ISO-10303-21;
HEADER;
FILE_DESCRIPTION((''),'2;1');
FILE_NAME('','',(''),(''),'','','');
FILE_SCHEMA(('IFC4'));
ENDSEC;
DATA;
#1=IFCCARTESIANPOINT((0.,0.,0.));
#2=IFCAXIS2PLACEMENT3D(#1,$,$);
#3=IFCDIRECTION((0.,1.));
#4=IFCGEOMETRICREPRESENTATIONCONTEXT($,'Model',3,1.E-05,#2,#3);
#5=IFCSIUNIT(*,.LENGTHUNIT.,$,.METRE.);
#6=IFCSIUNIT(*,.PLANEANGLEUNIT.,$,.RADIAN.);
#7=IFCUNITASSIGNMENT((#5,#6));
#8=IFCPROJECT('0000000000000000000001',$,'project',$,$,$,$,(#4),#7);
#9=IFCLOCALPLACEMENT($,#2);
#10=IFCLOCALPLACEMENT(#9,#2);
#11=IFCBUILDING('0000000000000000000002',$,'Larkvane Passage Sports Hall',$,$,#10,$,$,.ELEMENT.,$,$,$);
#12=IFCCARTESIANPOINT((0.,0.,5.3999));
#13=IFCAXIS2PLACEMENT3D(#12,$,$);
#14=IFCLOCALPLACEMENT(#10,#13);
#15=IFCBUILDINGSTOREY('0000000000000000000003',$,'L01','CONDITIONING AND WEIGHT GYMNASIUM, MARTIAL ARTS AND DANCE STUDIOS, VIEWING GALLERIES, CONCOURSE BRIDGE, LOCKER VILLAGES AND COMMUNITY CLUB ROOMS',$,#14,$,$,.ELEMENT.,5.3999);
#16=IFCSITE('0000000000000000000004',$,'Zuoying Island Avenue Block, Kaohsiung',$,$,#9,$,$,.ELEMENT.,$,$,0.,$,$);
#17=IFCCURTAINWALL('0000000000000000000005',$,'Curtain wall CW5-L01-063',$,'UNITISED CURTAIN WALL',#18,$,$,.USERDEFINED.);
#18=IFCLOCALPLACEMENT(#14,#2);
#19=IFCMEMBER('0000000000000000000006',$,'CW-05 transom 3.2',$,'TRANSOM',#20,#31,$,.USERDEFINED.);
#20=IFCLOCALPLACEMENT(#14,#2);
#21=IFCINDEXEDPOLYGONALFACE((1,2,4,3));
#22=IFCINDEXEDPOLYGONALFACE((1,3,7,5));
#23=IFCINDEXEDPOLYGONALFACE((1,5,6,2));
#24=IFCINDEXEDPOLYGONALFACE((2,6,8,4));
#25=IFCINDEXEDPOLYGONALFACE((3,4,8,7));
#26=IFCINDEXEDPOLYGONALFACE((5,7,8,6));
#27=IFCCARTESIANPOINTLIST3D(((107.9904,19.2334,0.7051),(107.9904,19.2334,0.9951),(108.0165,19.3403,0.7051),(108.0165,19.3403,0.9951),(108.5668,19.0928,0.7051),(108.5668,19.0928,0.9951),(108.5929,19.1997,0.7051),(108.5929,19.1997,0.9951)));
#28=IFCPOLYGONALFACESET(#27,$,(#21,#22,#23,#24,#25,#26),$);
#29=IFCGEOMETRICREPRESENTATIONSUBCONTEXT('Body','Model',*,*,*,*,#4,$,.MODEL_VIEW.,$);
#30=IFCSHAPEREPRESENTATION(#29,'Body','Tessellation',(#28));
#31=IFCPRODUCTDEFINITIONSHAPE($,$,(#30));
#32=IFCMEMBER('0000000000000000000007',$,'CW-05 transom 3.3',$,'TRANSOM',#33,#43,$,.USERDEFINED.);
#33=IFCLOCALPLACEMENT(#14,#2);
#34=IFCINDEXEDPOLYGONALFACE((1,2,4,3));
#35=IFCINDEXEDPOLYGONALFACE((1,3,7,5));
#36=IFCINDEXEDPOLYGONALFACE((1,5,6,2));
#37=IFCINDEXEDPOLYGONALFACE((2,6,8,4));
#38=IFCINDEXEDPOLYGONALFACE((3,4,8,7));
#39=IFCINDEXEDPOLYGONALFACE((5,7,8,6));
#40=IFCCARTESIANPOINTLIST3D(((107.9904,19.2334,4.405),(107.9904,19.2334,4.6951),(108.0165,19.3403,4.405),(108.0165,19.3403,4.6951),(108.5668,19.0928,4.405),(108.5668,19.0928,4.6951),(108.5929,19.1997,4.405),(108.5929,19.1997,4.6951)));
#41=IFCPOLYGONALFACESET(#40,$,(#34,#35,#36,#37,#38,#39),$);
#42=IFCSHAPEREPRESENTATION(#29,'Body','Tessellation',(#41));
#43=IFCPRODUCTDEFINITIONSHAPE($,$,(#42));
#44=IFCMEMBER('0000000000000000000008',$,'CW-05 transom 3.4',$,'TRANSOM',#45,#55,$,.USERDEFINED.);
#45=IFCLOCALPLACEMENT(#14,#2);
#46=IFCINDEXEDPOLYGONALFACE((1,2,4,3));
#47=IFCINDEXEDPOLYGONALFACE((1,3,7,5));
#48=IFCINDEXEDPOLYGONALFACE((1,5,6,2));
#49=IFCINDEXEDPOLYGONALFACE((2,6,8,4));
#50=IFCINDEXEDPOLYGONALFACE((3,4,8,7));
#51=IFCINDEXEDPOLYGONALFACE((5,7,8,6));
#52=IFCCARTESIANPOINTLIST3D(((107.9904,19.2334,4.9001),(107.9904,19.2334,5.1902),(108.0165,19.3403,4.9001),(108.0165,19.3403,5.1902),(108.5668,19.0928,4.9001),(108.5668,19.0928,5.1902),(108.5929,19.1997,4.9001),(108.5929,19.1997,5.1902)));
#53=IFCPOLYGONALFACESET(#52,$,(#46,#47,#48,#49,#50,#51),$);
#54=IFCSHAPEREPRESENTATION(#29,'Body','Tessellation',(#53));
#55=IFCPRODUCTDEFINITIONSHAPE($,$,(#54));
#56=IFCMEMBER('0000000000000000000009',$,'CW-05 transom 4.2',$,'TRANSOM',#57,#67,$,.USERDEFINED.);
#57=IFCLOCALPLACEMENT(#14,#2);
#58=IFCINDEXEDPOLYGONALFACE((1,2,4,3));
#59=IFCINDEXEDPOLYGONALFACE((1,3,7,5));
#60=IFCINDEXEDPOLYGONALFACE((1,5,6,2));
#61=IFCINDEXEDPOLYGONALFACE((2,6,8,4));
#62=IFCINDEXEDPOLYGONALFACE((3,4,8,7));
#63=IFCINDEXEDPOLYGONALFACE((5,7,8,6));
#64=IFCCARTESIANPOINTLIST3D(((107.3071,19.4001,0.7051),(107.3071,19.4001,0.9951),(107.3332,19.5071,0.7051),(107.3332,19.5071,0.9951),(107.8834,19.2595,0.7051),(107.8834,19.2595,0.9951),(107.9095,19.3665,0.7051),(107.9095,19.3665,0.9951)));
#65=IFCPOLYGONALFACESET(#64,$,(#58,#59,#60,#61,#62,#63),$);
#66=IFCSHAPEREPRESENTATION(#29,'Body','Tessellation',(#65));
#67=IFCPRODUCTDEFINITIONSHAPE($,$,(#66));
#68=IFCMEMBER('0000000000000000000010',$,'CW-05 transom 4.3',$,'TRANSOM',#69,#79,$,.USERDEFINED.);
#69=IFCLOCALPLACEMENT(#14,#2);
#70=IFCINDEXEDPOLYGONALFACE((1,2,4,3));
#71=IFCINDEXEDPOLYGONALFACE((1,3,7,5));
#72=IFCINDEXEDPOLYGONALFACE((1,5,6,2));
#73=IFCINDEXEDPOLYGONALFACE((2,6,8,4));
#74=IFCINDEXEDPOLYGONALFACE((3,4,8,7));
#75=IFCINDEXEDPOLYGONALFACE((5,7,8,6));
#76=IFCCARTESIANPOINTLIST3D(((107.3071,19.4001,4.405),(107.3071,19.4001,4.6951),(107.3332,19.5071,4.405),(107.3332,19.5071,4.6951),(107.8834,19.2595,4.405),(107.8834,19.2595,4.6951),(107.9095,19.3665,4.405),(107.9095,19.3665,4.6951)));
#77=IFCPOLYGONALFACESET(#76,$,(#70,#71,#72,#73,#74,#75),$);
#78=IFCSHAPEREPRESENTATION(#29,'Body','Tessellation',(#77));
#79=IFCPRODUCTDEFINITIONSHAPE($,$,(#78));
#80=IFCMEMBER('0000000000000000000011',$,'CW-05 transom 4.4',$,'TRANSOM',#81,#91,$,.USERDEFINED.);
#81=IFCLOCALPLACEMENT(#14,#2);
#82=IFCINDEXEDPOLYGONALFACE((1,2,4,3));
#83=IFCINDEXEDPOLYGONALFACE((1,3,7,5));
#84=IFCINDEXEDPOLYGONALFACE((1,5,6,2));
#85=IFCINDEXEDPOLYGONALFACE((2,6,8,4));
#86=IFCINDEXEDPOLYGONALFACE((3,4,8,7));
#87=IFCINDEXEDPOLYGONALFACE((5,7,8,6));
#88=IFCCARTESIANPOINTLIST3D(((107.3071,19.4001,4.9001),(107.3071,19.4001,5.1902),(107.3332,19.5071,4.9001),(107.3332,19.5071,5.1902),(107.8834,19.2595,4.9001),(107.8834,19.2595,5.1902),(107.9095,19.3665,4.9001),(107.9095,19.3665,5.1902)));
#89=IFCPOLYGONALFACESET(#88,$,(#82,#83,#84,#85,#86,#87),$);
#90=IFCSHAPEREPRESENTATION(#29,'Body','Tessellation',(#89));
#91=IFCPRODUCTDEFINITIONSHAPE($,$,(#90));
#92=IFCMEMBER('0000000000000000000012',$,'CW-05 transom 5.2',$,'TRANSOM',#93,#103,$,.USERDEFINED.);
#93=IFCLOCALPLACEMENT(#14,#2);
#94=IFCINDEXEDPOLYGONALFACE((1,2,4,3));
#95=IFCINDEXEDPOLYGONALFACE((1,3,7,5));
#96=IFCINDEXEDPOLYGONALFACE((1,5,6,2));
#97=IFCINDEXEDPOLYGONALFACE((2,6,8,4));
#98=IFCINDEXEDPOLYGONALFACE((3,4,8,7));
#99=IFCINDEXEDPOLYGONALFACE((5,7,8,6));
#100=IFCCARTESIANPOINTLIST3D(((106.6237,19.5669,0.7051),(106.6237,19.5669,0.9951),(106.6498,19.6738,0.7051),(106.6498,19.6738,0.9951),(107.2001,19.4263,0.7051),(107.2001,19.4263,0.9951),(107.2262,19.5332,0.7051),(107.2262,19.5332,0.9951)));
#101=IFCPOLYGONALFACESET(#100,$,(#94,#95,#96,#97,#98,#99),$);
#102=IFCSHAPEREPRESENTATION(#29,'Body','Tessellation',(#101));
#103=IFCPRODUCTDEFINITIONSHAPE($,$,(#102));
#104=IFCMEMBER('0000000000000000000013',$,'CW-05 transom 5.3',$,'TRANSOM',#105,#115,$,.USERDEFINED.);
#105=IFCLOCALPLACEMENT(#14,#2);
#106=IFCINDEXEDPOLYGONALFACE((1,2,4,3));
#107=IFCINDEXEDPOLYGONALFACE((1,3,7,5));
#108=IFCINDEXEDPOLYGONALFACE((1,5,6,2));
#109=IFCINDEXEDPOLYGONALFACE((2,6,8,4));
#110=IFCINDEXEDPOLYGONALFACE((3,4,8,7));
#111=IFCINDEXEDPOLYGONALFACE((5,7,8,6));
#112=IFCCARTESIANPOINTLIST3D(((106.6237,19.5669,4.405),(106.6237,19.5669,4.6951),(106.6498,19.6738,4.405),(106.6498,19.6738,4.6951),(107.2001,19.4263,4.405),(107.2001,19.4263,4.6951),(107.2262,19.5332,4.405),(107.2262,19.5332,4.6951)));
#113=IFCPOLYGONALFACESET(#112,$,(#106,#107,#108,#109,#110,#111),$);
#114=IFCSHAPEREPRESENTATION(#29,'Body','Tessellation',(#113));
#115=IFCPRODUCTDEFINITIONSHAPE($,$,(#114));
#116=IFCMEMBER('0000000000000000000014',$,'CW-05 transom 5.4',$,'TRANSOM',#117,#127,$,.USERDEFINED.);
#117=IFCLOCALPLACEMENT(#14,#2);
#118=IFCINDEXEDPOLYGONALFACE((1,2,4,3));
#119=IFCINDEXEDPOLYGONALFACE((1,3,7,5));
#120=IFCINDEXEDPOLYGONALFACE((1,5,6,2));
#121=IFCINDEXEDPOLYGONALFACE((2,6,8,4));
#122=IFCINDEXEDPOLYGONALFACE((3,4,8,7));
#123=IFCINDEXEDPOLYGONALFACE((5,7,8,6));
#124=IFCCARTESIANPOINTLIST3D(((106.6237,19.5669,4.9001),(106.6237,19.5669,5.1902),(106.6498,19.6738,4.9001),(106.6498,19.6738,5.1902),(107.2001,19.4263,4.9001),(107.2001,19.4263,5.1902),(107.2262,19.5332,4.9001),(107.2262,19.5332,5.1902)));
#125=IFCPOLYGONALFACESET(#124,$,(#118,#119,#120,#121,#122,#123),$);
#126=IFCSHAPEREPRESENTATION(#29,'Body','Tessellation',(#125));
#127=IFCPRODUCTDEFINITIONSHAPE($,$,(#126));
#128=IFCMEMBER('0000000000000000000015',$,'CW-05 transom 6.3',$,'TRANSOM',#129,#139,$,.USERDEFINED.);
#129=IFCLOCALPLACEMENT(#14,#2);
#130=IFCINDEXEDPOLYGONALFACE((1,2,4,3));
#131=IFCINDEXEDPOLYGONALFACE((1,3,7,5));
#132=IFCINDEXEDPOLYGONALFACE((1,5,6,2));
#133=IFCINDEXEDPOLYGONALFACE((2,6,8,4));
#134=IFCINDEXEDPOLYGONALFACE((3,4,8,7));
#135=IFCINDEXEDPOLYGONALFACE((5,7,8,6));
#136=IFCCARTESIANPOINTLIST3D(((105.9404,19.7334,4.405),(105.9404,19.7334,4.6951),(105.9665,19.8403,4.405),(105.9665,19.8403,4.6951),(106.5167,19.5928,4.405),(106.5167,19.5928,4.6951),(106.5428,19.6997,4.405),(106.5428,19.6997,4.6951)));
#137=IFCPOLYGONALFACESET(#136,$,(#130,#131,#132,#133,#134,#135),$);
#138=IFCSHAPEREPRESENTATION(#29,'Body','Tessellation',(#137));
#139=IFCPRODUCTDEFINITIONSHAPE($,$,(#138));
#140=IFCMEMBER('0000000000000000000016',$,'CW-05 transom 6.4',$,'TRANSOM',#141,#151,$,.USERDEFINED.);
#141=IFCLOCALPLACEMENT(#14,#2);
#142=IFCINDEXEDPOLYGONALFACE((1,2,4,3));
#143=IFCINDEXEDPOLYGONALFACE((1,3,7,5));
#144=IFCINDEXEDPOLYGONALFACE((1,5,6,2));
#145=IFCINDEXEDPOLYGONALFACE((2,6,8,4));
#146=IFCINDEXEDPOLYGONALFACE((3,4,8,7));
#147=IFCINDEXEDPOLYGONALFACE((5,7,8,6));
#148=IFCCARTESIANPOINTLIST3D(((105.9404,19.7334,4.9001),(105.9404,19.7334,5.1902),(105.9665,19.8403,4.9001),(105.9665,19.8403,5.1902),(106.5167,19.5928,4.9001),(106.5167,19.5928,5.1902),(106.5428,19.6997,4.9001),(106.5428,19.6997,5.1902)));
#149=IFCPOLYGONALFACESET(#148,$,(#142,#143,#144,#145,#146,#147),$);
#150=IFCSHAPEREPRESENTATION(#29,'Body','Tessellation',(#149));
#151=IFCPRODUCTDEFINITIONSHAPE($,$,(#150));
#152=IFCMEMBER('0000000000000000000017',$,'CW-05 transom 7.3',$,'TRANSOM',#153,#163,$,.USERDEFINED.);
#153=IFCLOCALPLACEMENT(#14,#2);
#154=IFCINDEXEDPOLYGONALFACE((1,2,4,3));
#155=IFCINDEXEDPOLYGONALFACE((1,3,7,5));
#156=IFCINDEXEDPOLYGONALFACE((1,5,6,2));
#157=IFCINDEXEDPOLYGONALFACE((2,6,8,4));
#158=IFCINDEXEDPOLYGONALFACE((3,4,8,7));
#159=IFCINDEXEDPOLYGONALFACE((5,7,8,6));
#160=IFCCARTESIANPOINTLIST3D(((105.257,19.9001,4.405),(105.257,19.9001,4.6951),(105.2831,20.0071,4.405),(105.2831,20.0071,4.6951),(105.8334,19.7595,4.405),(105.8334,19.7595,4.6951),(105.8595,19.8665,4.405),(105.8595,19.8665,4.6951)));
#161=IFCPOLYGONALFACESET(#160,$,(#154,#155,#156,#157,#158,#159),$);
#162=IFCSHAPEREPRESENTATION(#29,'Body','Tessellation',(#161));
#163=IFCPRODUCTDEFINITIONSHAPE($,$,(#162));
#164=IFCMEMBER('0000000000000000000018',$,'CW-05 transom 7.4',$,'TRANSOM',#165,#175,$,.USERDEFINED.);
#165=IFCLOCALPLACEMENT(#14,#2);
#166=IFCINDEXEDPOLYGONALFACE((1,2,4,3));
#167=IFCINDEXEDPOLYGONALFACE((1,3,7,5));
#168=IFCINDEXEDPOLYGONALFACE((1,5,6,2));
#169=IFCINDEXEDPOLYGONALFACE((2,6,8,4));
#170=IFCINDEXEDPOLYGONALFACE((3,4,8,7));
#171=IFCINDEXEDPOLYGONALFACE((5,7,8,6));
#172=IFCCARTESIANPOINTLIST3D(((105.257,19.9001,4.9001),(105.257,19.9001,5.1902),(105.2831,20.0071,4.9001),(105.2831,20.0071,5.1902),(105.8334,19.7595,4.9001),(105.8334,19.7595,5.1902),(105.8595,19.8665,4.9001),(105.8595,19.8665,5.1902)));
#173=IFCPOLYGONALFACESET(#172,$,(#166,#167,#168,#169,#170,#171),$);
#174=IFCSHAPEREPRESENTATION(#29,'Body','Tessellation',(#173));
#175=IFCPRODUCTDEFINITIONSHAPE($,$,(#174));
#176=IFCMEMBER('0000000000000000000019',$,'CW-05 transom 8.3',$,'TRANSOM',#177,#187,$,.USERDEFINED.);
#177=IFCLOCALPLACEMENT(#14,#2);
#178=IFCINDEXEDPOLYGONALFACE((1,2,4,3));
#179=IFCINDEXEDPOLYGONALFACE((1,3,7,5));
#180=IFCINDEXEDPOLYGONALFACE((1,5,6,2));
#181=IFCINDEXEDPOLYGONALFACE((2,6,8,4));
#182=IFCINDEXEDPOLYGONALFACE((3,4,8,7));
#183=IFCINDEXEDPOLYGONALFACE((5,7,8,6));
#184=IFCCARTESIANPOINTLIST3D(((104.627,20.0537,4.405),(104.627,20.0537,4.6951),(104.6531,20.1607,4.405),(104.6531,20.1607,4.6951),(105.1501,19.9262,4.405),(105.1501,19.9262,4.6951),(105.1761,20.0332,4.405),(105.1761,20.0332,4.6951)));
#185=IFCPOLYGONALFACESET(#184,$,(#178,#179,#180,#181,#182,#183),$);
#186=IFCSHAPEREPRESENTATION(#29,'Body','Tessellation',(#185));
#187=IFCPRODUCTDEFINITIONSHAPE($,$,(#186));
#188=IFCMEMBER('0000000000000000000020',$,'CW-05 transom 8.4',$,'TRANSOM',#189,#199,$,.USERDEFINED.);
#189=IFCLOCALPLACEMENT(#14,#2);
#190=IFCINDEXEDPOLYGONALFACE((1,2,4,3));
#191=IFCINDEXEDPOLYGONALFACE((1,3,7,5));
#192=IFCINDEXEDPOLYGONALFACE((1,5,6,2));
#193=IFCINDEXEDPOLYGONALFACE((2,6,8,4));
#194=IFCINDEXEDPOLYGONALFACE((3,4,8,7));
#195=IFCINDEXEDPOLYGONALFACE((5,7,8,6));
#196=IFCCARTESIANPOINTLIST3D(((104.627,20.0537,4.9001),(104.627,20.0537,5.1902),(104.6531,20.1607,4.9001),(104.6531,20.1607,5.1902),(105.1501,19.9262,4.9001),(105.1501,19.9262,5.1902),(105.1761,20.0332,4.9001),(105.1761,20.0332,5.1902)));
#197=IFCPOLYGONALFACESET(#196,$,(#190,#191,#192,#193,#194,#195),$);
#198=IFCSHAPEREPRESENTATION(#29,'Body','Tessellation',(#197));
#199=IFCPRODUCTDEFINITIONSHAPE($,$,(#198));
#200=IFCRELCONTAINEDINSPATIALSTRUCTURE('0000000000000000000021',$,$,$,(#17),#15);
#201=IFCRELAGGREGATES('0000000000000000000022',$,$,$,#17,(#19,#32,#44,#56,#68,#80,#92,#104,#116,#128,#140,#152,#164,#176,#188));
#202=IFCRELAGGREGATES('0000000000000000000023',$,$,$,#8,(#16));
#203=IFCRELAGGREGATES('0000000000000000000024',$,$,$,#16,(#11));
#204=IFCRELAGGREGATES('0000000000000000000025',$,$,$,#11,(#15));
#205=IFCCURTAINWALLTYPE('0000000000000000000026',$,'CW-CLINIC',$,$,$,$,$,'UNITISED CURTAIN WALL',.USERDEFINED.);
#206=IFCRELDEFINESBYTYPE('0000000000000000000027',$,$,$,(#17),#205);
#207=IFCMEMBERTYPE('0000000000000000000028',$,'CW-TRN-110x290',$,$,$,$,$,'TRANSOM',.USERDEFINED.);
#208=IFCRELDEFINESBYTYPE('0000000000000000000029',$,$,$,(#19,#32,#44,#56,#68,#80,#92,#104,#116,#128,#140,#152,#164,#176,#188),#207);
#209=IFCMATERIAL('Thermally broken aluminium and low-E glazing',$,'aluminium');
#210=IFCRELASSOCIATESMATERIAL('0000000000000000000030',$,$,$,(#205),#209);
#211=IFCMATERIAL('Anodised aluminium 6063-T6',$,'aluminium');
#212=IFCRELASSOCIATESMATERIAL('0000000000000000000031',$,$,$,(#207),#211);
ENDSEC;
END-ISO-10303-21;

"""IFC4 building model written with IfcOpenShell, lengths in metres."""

from ifc_helpers import new_model, si_unit, direction, frame, origin, origin_2d, place, context, subcontext, project, spatial, rectangle, extrude, material, material_profile, profile_set, type_object, element, aggregate, save


model = new_model("IFC4")

# Units and contexts
model_context = context("Model", 3, precision=1e-05, world=origin(), true_north=direction((0.0, 1.0)))
body_context = subcontext(model_context, "Body", "Model", "MODEL_VIEW")
ifc_project = project(units=[si_unit("LENGTHUNIT", "METRE"), si_unit("PLANEANGLEUNIT", "RADIAN")], contexts=[model_context])

# Site, building, storey
site_placement = place(None, origin())
site = spatial("IfcSite", under=ifc_project, at=site_placement, Name="Zuoying Island Avenue Block, Kaohsiung", CompositionType="ELEMENT", RefElevation=0.0)
building_placement = place(site_placement, origin())
building = spatial("IfcBuilding", under=site, at=building_placement, Name="Larkvane Passage Sports Hall", CompositionType="ELEMENT")
storey_placement = place(building_placement, frame((0.0, 0.0, 5.3999)))
storey = spatial("IfcBuildingStorey", under=building, at=storey_placement, Name="L01", Description="CONDITIONING AND WEIGHT GYMNASIUM, MARTIAL ARTS AND DANCE STUDIOS, VIEWING GALLERIES, CONCOURSE BRIDGE, LOCKER VILLAGES AND COMMUNITY CLUB ROOMS", CompositionType="ELEMENT", Elevation=5.3999)

# Curtain wall, members
ifc_material_1 = material(Name="Thermally broken aluminium and low-E glazing", Category="aluminium")
curtain_wall_type = type_object("IfcCurtainWallType", Name="CW-CLINIC", ElementType="UNITISED CURTAIN WALL", PredefinedType="USERDEFINED", material=ifc_material_1)
curtain_wall_placement = place(storey_placement, origin())
curtain_wall = element("IfcCurtainWall", 1, at=curtain_wall_placement, inside=storey, type_object=curtain_wall_type, Name="Curtain wall CW5-L01-063", ObjectType="UNITISED CURTAIN WALL", PredefinedType="USERDEFINED")
ifc_material_2 = material(Name="Anodised aluminium 6063-T6", Category="aluminium")
ifc_material_profile = material_profile(ifc_material_2, rectangle(XDim=0.1101, YDim=0.29, at=origin_2d()), Name="ALU-TRN-110x290")
ifc_profile_set = profile_set([ifc_material_profile], Name="Anodised aluminium 6063-T6")
member_type = type_object("IfcMemberType", Name="CW-TRN-110x290", ElementType="TRANSOM", PredefinedType="USERDEFINED", material=ifc_profile_set)
member_1_placement = place(storey_placement, frame((108.5798, 19.1462, 0.8501), z_axis=(-0.971506, 0.237013, 0.0), x_axis=(-0.237013, -0.971506, 0.0)))
member_1 = element("IfcMember", 2, at=member_1_placement, type_object=member_type, Name="CW-05 transom 3.2", ObjectType="TRANSOM", PredefinedType="USERDEFINED", context=body_context, shape_type="SweptSolid", body=[
    extrude(rectangle(XDim=0.1101, YDim=0.29, at=origin_2d()), origin(), (0.0, 0.0, 1.0), 0.5933),
])
member_2_placement = place(storey_placement, frame((108.5798, 19.1462, 4.55), z_axis=(-0.971506, 0.237013, 0.0), x_axis=(-0.237013, -0.971506, 0.0)))
member_2 = element("IfcMember", 3, at=member_2_placement, type_object=member_type, Name="CW-05 transom 3.3", ObjectType="TRANSOM", PredefinedType="USERDEFINED", context=body_context, shape_type="SweptSolid", body=[
    extrude(rectangle(XDim=0.1101, YDim=0.29, at=origin_2d()), origin(), (0.0, 0.0, 1.0), 0.5933),
])
member_3_placement = place(storey_placement, frame((108.5798, 19.1462, 5.0452), z_axis=(-0.971506, 0.237013, 0.0), x_axis=(-0.237013, -0.971506, 0.0)))
member_3 = element("IfcMember", 4, at=member_3_placement, type_object=member_type, Name="CW-05 transom 3.4", ObjectType="TRANSOM", PredefinedType="USERDEFINED", context=body_context, shape_type="SweptSolid", body=[
    extrude(rectangle(XDim=0.1101, YDim=0.29, at=origin_2d()), origin(), (0.0, 0.0, 1.0), 0.5933),
])
member_4_placement = place(storey_placement, frame((107.8965, 19.313, 0.8501), z_axis=(-0.971506, 0.237013, 0.0), x_axis=(-0.237013, -0.971506, 0.0)))
member_4 = element("IfcMember", 5, at=member_4_placement, type_object=member_type, Name="CW-05 transom 4.2", ObjectType="TRANSOM", PredefinedType="USERDEFINED", context=body_context, shape_type="SweptSolid", body=[
    extrude(rectangle(XDim=0.1101, YDim=0.29, at=origin_2d()), origin(), (0.0, 0.0, 1.0), 0.5933),
])
member_5_placement = place(storey_placement, frame((107.8965, 19.313, 4.55), z_axis=(-0.971506, 0.237013, 0.0), x_axis=(-0.237013, -0.971506, 0.0)))
member_5 = element("IfcMember", 6, at=member_5_placement, type_object=member_type, Name="CW-05 transom 4.3", ObjectType="TRANSOM", PredefinedType="USERDEFINED", context=body_context, shape_type="SweptSolid", body=[
    extrude(rectangle(XDim=0.1101, YDim=0.29, at=origin_2d()), origin(), (0.0, 0.0, 1.0), 0.5933),
])
member_6_placement = place(storey_placement, frame((107.8965, 19.313, 5.0452), z_axis=(-0.971506, 0.237013, 0.0), x_axis=(-0.237013, -0.971506, 0.0)))
member_6 = element("IfcMember", 7, at=member_6_placement, type_object=member_type, Name="CW-05 transom 4.4", ObjectType="TRANSOM", PredefinedType="USERDEFINED", context=body_context, shape_type="SweptSolid", body=[
    extrude(rectangle(XDim=0.1101, YDim=0.29, at=origin_2d()), origin(), (0.0, 0.0, 1.0), 0.5933),
])
member_7_placement = place(storey_placement, frame((107.2131, 19.4797, 0.8501), z_axis=(-0.971506, 0.237013, 0.0), x_axis=(-0.237013, -0.971506, 0.0)))
member_7 = element("IfcMember", 8, at=member_7_placement, type_object=member_type, Name="CW-05 transom 5.2", ObjectType="TRANSOM", PredefinedType="USERDEFINED", context=body_context, shape_type="SweptSolid", body=[
    extrude(rectangle(XDim=0.1101, YDim=0.29, at=origin_2d()), origin(), (0.0, 0.0, 1.0), 0.5933),
])
member_8_placement = place(storey_placement, frame((107.2131, 19.4797, 4.55), z_axis=(-0.971506, 0.237013, 0.0), x_axis=(-0.237013, -0.971506, 0.0)))
member_8 = element("IfcMember", 9, at=member_8_placement, type_object=member_type, Name="CW-05 transom 5.3", ObjectType="TRANSOM", PredefinedType="USERDEFINED", context=body_context, shape_type="SweptSolid", body=[
    extrude(rectangle(XDim=0.1101, YDim=0.29, at=origin_2d()), origin(), (0.0, 0.0, 1.0), 0.5933),
])
member_9_placement = place(storey_placement, frame((107.2131, 19.4797, 5.0452), z_axis=(-0.971506, 0.237013, 0.0), x_axis=(-0.237013, -0.971506, 0.0)))
member_9 = element("IfcMember", 10, at=member_9_placement, type_object=member_type, Name="CW-05 transom 5.4", ObjectType="TRANSOM", PredefinedType="USERDEFINED", context=body_context, shape_type="SweptSolid", body=[
    extrude(rectangle(XDim=0.1101, YDim=0.29, at=origin_2d()), origin(), (0.0, 0.0, 1.0), 0.5933),
])
member_10_placement = place(storey_placement, frame((106.5298, 19.6462, 4.55), z_axis=(-0.971506, 0.237013, 0.0), x_axis=(-0.237013, -0.971506, 0.0)))
member_10 = element("IfcMember", 11, at=member_10_placement, type_object=member_type, Name="CW-05 transom 6.3", ObjectType="TRANSOM", PredefinedType="USERDEFINED", context=body_context, shape_type="SweptSolid", body=[
    extrude(rectangle(XDim=0.1101, YDim=0.29, at=origin_2d()), origin(), (0.0, 0.0, 1.0), 0.5933),
])
member_11_placement = place(storey_placement, frame((106.5298, 19.6462, 5.0452), z_axis=(-0.971506, 0.237013, 0.0), x_axis=(-0.237013, -0.971506, 0.0)))
member_11 = element("IfcMember", 12, at=member_11_placement, type_object=member_type, Name="CW-05 transom 6.4", ObjectType="TRANSOM", PredefinedType="USERDEFINED", context=body_context, shape_type="SweptSolid", body=[
    extrude(rectangle(XDim=0.1101, YDim=0.29, at=origin_2d()), origin(), (0.0, 0.0, 1.0), 0.5933),
])
member_12_placement = place(storey_placement, frame((105.8464, 19.813, 4.55), z_axis=(-0.971506, 0.237013, 0.0), x_axis=(-0.237013, -0.971506, 0.0)))
member_12 = element("IfcMember", 13, at=member_12_placement, type_object=member_type, Name="CW-05 transom 7.3", ObjectType="TRANSOM", PredefinedType="USERDEFINED", context=body_context, shape_type="SweptSolid", body=[
    extrude(rectangle(XDim=0.1101, YDim=0.29, at=origin_2d()), origin(), (0.0, 0.0, 1.0), 0.5933),
])
member_13_placement = place(storey_placement, frame((105.8464, 19.813, 5.0452), z_axis=(-0.971506, 0.237013, 0.0), x_axis=(-0.237013, -0.971506, 0.0)))
member_13 = element("IfcMember", 14, at=member_13_placement, type_object=member_type, Name="CW-05 transom 7.4", ObjectType="TRANSOM", PredefinedType="USERDEFINED", context=body_context, shape_type="SweptSolid", body=[
    extrude(rectangle(XDim=0.1101, YDim=0.29, at=origin_2d()), origin(), (0.0, 0.0, 1.0), 0.5933),
])
member_14_placement = place(storey_placement, frame((105.1631, 19.9797, 4.55), z_axis=(-0.971566, 0.236768, 0.0), x_axis=(-0.236768, -0.971566, 0.0)))
member_14 = element("IfcMember", 15, at=member_14_placement, type_object=member_type, Name="CW-05 transom 8.3", ObjectType="TRANSOM", PredefinedType="USERDEFINED", context=body_context, shape_type="SweptSolid", body=[
    extrude(rectangle(XDim=0.1101, YDim=0.29, at=origin_2d()), origin(), (0.0, 0.0, 1.0), 0.5383),
])
member_15_placement = place(storey_placement, frame((105.1631, 19.9797, 5.0452), z_axis=(-0.971566, 0.236768, 0.0), x_axis=(-0.236768, -0.971566, 0.0)))
member_15 = element("IfcMember", 16, at=member_15_placement, type_object=member_type, Name="CW-05 transom 8.4", ObjectType="TRANSOM", PredefinedType="USERDEFINED", context=body_context, shape_type="SweptSolid", body=[
    extrude(rectangle(XDim=0.1101, YDim=0.29, at=origin_2d()), origin(), (0.0, 0.0, 1.0), 0.5383),
])
aggregate(curtain_wall, [member_1, member_2, member_3, member_4, member_5, member_6, member_7, member_8, member_9, member_10, member_11, member_12, member_13, member_14, member_15])

save(model, "model.ifc")
